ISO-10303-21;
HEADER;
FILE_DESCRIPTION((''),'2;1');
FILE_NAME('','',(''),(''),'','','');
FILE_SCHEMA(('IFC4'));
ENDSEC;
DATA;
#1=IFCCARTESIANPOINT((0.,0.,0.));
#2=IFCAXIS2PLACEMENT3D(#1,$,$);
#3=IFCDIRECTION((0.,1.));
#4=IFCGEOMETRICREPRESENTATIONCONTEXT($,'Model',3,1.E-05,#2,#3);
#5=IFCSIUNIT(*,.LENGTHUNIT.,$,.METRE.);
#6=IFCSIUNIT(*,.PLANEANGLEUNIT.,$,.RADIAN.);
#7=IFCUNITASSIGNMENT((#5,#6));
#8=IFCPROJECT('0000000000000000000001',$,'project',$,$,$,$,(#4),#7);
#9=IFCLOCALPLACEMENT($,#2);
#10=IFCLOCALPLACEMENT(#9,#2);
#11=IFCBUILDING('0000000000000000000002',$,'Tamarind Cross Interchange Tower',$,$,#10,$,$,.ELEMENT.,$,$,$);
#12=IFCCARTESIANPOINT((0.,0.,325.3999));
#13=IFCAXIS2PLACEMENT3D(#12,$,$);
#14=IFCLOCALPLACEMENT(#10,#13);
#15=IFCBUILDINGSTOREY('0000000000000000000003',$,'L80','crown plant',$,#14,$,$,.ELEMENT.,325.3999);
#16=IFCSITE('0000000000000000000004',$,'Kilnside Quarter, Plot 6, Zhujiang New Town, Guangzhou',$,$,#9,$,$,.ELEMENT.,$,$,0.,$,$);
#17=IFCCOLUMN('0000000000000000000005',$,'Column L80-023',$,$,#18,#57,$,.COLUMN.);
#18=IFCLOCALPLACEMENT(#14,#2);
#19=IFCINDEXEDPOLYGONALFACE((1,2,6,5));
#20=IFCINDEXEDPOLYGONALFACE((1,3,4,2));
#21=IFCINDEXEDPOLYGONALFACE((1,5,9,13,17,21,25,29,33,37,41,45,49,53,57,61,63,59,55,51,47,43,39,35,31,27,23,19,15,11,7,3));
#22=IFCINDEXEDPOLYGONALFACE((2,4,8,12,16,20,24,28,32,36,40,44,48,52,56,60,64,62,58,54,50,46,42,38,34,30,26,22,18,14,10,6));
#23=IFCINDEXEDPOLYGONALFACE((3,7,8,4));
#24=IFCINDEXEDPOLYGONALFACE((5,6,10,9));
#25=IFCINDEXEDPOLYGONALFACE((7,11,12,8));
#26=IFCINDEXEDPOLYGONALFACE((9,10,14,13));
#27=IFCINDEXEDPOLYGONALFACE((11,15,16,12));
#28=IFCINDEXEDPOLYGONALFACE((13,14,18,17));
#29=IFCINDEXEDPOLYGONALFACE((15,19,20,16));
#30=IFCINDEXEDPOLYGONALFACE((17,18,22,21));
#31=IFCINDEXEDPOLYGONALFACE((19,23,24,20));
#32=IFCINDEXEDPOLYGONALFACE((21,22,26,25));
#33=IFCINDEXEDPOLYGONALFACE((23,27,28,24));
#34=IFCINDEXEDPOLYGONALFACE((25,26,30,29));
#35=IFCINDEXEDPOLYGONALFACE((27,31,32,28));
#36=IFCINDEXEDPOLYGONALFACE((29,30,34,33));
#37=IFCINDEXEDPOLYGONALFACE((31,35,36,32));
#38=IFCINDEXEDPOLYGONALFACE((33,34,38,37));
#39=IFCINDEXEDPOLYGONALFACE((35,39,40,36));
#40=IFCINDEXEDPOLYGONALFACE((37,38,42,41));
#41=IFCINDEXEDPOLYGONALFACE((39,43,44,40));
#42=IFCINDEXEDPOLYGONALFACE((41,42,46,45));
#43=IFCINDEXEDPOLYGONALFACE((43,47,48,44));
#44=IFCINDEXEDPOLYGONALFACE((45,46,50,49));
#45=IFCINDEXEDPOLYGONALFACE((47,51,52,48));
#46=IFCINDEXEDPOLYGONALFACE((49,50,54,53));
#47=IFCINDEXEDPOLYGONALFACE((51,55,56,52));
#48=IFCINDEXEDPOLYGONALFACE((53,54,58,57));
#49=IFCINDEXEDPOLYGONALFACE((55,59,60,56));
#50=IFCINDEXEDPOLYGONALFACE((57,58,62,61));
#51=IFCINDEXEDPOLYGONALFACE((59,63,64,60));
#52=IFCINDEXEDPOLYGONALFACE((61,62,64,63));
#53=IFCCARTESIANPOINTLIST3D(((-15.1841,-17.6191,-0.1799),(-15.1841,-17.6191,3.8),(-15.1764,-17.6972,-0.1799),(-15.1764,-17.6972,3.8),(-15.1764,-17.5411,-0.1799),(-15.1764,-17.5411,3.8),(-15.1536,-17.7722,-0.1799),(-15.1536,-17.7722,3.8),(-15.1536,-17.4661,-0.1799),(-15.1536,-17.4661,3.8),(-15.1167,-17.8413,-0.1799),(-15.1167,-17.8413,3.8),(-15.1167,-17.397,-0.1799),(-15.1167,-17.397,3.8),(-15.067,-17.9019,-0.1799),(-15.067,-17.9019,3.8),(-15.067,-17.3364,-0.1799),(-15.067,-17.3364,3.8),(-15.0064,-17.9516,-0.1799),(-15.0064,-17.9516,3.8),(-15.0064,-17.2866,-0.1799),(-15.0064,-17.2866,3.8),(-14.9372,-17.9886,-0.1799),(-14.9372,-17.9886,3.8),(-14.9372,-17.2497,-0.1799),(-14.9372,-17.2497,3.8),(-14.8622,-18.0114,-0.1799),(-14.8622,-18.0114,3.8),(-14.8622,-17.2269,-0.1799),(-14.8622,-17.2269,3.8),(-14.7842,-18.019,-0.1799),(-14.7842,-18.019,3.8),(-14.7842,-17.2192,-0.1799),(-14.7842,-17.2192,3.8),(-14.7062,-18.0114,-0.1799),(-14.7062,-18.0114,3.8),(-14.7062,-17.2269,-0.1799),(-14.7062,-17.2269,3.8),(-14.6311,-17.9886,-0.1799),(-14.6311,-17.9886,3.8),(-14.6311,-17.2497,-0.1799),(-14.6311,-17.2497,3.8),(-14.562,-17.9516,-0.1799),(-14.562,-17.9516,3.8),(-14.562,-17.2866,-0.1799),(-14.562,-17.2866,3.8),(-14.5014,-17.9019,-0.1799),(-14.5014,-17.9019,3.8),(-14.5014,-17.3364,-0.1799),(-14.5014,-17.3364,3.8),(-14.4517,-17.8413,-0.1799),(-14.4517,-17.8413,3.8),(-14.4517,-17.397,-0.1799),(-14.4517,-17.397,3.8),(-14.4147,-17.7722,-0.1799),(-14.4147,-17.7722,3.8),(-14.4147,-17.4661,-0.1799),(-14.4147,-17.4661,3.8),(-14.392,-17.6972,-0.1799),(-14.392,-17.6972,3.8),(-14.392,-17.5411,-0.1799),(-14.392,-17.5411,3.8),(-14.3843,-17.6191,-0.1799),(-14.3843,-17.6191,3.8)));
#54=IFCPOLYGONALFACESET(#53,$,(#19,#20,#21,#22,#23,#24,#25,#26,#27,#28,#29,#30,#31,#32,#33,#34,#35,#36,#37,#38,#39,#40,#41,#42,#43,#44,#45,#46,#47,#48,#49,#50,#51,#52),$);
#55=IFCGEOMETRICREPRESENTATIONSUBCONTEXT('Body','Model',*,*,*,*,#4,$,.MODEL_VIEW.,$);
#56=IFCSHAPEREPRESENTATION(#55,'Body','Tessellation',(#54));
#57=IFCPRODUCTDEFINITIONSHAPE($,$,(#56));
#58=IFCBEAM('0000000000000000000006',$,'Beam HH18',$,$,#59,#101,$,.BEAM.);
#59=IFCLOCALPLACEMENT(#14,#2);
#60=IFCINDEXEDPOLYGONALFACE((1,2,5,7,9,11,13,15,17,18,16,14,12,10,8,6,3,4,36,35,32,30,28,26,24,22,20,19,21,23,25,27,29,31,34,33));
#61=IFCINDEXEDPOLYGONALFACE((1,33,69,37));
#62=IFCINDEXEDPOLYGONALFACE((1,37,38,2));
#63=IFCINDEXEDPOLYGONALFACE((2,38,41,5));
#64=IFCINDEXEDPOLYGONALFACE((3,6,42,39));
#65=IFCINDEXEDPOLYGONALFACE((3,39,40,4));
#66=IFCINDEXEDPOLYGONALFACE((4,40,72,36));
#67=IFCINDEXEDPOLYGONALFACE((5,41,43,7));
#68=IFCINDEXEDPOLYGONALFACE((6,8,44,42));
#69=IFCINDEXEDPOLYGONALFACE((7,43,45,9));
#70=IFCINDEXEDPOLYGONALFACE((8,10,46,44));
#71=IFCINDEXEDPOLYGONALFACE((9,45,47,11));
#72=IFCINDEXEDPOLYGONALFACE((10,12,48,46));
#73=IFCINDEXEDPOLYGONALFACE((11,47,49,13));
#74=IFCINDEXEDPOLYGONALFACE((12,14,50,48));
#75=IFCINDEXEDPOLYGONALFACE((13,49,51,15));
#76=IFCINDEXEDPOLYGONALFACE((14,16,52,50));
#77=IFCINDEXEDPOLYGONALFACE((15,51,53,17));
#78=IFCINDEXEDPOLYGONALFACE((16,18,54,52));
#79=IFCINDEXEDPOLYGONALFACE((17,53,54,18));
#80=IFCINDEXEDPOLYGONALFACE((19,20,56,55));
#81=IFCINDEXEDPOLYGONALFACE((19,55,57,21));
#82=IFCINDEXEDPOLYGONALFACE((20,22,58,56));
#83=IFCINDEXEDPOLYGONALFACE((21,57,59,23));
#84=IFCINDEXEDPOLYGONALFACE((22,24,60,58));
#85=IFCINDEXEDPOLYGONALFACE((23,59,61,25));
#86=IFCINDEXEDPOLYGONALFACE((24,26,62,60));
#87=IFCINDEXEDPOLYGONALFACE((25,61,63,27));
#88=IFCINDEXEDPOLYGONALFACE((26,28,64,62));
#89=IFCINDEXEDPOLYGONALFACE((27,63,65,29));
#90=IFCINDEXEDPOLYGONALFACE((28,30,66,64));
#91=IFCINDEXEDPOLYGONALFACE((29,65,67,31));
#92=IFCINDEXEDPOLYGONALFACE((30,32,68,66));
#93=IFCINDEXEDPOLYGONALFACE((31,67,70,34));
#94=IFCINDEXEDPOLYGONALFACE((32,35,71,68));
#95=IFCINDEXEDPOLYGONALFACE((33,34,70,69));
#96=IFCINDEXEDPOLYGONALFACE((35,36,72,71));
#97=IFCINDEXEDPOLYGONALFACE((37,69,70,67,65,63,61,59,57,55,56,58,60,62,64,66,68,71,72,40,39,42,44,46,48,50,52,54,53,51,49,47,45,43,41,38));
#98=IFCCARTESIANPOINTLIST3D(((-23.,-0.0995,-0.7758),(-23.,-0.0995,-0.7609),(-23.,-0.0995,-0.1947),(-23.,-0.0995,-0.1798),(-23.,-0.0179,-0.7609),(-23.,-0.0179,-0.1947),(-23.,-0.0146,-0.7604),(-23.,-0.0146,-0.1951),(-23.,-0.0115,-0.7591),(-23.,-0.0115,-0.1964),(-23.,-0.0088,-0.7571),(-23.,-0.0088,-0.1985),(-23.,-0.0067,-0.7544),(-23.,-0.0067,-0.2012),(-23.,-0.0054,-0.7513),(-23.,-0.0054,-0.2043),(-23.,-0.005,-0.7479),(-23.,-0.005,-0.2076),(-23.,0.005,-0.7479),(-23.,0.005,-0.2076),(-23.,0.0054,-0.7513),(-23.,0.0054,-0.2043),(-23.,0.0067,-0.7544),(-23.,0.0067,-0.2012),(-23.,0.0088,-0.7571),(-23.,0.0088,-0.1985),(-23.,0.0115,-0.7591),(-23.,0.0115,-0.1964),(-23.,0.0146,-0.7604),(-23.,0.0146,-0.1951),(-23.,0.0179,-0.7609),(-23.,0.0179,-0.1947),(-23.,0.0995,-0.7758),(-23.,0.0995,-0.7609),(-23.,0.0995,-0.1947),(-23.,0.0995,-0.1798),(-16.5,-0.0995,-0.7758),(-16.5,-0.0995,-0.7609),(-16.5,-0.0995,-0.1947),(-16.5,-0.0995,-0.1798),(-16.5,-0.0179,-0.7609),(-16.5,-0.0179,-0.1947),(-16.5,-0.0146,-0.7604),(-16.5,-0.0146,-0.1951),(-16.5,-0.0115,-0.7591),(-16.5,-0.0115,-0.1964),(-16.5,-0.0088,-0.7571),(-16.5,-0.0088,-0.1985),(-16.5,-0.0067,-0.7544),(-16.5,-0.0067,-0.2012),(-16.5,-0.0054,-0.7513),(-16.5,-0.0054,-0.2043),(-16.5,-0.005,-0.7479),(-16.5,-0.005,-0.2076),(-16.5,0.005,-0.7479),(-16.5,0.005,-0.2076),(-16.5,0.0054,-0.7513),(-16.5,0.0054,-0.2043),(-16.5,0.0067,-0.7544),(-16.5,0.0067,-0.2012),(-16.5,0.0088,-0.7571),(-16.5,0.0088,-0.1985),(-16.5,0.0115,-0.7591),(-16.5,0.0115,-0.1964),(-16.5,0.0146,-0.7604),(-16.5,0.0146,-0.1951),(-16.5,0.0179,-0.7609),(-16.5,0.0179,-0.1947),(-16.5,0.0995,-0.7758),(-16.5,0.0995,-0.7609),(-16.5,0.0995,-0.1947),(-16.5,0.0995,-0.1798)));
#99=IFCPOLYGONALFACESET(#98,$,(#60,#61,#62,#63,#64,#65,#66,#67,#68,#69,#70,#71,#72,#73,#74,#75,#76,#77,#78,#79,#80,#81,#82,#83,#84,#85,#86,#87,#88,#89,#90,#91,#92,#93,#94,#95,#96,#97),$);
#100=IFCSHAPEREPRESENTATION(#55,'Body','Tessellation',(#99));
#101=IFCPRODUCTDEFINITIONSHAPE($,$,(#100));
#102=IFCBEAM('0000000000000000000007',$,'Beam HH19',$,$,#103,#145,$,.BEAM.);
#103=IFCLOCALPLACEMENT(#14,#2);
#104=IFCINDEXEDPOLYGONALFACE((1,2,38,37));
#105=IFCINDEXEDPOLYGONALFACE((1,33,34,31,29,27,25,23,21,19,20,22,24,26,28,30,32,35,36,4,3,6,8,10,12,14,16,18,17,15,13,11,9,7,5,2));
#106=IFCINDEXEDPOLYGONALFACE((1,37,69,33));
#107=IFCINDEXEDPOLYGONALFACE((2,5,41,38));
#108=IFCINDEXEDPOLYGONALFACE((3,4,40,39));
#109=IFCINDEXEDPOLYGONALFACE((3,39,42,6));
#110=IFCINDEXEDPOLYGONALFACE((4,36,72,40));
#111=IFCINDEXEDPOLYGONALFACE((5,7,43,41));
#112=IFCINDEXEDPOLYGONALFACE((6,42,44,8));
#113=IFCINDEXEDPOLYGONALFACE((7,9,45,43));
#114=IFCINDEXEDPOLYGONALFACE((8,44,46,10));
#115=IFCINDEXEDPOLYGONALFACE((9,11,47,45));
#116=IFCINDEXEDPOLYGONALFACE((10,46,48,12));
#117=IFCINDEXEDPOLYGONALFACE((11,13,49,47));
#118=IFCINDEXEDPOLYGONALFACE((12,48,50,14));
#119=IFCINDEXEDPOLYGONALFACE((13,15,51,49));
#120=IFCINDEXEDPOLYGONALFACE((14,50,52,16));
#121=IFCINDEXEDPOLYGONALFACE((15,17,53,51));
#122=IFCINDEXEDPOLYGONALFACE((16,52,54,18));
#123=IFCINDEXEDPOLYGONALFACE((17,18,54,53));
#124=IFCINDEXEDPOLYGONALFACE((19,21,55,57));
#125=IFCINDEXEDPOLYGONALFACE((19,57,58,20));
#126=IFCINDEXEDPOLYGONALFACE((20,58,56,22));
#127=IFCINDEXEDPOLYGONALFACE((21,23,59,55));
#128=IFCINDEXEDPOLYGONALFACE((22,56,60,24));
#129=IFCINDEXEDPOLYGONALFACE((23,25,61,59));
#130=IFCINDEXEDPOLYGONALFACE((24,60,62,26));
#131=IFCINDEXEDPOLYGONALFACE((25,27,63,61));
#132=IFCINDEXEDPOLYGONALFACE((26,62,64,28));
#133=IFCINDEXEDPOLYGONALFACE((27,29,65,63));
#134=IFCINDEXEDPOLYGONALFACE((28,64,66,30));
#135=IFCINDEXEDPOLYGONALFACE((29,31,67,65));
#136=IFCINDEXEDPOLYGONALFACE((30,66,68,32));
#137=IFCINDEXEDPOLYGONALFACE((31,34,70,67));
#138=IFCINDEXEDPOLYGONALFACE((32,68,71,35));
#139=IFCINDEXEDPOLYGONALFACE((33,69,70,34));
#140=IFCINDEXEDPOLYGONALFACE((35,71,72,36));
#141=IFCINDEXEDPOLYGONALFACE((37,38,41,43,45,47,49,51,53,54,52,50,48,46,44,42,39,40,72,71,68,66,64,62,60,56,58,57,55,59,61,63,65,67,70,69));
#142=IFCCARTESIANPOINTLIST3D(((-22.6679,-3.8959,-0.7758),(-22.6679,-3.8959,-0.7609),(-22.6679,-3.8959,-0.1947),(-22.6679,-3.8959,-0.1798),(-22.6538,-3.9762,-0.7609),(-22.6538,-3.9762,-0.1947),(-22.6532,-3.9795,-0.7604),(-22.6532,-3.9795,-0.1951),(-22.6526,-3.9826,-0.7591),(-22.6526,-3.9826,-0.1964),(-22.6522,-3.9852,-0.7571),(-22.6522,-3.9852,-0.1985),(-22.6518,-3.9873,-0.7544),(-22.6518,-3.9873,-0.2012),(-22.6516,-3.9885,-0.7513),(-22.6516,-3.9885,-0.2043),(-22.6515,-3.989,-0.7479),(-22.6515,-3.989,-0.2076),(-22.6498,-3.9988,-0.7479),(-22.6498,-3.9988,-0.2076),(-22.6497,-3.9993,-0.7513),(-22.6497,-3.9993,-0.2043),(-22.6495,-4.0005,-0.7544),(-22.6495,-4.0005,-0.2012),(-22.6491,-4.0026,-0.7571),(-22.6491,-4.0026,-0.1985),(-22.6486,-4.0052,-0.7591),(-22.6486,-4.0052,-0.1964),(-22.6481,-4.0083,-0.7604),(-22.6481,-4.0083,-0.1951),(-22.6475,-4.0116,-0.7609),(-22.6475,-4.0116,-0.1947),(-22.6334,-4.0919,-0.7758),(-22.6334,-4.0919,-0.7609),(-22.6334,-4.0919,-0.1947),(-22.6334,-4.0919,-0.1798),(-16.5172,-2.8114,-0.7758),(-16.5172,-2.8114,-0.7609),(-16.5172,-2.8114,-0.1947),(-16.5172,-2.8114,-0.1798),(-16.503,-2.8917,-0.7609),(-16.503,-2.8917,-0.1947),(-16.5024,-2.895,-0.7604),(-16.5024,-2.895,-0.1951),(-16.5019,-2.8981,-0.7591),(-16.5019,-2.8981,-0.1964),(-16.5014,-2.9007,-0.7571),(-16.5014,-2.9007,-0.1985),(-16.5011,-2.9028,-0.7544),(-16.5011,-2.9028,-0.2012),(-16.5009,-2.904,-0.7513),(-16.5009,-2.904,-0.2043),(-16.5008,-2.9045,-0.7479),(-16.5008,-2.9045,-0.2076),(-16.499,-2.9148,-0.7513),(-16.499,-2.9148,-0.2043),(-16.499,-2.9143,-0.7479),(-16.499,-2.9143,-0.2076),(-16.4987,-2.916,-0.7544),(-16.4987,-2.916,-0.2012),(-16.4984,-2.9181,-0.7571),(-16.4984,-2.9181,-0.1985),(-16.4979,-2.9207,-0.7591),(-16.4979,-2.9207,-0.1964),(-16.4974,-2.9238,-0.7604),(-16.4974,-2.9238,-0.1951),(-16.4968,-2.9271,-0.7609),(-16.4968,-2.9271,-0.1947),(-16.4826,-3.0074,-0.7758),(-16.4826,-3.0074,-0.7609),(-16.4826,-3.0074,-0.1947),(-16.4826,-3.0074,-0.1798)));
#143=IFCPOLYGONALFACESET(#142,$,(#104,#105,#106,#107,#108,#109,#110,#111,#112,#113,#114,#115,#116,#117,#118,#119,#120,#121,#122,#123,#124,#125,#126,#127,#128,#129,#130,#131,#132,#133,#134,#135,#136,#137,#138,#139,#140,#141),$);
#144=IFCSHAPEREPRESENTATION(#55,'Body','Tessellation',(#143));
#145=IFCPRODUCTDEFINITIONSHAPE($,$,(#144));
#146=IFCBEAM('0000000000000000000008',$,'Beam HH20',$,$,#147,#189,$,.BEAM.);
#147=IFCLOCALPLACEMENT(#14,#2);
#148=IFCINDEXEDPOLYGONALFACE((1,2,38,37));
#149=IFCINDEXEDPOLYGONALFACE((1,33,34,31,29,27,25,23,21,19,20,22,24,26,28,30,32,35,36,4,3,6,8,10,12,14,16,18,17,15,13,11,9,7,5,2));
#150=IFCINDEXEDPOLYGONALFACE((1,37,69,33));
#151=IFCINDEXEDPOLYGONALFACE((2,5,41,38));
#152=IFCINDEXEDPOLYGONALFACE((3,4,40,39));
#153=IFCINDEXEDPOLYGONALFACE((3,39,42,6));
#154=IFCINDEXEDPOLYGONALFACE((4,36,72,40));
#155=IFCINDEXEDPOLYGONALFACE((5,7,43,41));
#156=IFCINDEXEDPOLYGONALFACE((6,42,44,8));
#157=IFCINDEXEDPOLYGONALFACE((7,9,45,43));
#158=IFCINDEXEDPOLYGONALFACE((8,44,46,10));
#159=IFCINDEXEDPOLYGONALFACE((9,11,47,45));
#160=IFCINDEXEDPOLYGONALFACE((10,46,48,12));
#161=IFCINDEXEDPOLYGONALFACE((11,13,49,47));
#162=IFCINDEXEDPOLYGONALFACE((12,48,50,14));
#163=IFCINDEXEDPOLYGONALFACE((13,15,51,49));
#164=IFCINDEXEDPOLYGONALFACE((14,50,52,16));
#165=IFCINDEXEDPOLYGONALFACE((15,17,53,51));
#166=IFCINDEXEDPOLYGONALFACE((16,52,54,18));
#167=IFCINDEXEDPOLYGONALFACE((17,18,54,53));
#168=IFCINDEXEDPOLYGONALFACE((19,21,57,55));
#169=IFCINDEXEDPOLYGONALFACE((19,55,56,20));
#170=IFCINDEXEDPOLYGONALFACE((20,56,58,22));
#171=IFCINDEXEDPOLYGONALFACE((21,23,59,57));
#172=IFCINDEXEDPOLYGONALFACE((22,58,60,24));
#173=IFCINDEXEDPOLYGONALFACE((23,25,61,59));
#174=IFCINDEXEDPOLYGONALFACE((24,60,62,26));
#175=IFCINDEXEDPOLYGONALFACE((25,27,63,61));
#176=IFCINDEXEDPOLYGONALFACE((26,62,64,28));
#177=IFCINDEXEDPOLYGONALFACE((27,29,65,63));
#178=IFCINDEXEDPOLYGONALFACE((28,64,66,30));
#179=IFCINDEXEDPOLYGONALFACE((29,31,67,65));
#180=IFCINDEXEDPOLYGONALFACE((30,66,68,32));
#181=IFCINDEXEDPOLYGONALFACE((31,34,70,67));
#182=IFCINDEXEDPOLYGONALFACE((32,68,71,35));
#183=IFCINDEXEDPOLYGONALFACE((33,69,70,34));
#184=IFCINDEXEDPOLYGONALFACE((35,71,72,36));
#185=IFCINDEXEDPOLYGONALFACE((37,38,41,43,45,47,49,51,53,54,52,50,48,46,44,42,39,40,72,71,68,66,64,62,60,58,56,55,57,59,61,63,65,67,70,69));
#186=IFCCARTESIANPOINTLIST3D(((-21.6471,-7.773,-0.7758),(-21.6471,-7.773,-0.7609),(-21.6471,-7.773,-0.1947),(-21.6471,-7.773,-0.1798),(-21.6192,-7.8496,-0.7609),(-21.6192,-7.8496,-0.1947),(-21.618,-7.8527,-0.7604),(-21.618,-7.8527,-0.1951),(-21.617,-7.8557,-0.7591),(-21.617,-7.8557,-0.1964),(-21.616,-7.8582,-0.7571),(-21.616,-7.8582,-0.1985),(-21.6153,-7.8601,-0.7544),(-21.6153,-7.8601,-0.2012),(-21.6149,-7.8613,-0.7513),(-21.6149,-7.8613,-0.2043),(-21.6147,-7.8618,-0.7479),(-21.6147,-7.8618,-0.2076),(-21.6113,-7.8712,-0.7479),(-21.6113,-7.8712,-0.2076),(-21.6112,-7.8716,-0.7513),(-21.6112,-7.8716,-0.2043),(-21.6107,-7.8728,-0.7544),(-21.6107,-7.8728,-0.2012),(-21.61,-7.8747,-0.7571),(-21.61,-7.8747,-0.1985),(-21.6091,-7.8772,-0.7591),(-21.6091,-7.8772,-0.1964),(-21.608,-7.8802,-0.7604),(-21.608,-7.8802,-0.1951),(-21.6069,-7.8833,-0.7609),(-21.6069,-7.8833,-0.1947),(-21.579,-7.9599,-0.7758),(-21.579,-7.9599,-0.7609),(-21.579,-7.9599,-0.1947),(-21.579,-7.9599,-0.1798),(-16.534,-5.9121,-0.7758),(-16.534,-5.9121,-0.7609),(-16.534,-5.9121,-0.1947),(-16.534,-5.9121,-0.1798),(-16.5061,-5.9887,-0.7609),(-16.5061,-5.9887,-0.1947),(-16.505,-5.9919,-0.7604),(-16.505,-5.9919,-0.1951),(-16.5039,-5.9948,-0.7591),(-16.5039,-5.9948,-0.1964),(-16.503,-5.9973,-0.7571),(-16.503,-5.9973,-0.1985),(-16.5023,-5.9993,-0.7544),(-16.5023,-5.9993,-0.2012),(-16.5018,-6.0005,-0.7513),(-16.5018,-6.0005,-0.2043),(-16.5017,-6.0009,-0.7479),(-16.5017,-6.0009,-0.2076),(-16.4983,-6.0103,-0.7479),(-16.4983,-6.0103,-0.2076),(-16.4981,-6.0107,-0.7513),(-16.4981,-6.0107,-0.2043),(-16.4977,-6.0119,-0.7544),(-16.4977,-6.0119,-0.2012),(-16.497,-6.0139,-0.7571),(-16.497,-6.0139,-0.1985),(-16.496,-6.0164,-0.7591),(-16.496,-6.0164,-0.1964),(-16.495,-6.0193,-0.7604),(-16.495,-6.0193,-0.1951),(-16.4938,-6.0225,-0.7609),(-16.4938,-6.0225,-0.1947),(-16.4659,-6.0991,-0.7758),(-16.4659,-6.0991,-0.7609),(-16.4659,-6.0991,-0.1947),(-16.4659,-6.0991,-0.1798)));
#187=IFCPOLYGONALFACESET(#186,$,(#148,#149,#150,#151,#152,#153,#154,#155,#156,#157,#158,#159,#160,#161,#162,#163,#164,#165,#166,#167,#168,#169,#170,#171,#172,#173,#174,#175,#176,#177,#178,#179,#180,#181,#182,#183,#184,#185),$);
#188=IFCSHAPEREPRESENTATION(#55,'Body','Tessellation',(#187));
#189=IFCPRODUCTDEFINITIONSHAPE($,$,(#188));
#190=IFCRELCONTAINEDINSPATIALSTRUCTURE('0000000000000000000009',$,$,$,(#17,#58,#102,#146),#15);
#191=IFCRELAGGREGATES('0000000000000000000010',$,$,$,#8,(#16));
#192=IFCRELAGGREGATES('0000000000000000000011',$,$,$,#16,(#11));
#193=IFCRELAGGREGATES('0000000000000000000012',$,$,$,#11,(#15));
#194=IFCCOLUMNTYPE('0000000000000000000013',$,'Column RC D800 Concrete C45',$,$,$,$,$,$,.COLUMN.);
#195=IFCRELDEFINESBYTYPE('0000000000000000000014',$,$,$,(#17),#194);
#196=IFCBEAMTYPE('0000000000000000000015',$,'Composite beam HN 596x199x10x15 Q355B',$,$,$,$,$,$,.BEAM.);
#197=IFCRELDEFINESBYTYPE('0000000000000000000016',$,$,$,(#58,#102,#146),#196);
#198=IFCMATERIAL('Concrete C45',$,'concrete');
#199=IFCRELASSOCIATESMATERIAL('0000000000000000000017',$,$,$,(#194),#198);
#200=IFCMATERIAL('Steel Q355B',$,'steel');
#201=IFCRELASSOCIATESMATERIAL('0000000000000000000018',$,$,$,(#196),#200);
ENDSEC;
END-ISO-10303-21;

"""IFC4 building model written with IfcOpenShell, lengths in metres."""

from ifc_helpers import new_model, si_unit, direction, frame, origin, origin_2d, place, context, subcontext, project, spatial, circle, i_section, extrude, material, material_profile, profile_set, type_object, element, save


model = new_model("IFC4")

# Units and contexts
model_context = context("Model", 3, precision=1e-05, world=origin(), true_north=direction((0.0, 1.0)))
body_context = subcontext(model_context, "Body", "Model", "MODEL_VIEW")
ifc_project = project(units=[si_unit("LENGTHUNIT", "METRE"), si_unit("PLANEANGLEUNIT", "RADIAN")], contexts=[model_context])

# Site, building, storey
site_placement = place(None, origin())
site = spatial("IfcSite", under=ifc_project, at=site_placement, Name="Kilnside Quarter, Plot 6, Zhujiang New Town, Guangzhou", CompositionType="ELEMENT", RefElevation=0.0)
building_placement = place(site_placement, origin())
building = spatial("IfcBuilding", under=site, at=building_placement, Name="Tamarind Cross Interchange Tower", CompositionType="ELEMENT")
storey_placement = place(building_placement, frame((0.0, 0.0, 325.3999)))
storey = spatial("IfcBuildingStorey", under=building, at=storey_placement, Name="L80", Description="crown plant", CompositionType="ELEMENT", Elevation=325.3999)

# Column
ifc_material_1 = material(Name="Concrete C45", Category="concrete")
ifc_material_profile_1 = material_profile(ifc_material_1, circle(Radius=0.3999, at=origin_2d()), Name="RC D800")
ifc_profile_set_1 = profile_set([ifc_material_profile_1], Name="Concrete C45")
column_type = type_object("IfcColumnType", Name="Column RC D800 Concrete C45", PredefinedType="COLUMN", material=ifc_profile_set_1)
for number, where, z_axis, x_axis, name in (
    (1, (-14.7842, -17.6191, -0.1799), (0.0, 0.0, 1.0), (1.0, 0.0, 0.0), "Column L80-023"),
):
    element("IfcColumn", number, at=place(storey_placement, frame(where, z_axis=z_axis, x_axis=x_axis)), inside=storey, type_object=column_type, Name=name, PredefinedType="COLUMN", context=body_context, shape_type="SweptSolid", body=[
        extrude(circle(Radius=0.3999, at=origin_2d()), origin(), (0.0, 0.0, 1.0), 3.98),
    ])

# Beams
ifc_material_2 = material(Name="Steel Q355B", Category="steel")
ifc_material_profile_2 = material_profile(ifc_material_2, i_section(OverallWidth=0.199, OverallDepth=0.5959, WebThickness=0.01, FlangeThickness=0.0149, FilletRadius=0.0129, at=origin_2d()), Name="HN 596x199x10x15")
ifc_profile_set_2 = profile_set([ifc_material_profile_2], Name="Steel Q355B")
beam_type = type_object("IfcBeamType", Name="Composite beam HN 596x199x10x15 Q355B", PredefinedType="BEAM", material=ifc_profile_set_2)
beam_1_placement = place(storey_placement, frame((-23.0, 0.0, -0.4778), z_axis=(1.0, 0.0, 0.0), x_axis=(0.0, 1.0, 0.0)))
element("IfcBeam", 2, at=beam_1_placement, inside=storey, type_object=beam_type, Name="Beam HH18", PredefinedType="BEAM", context=body_context, shape_type="SweptSolid", body=[
    extrude(i_section(OverallWidth=0.199, OverallDepth=0.5959, WebThickness=0.01, FlangeThickness=0.0149, FilletRadius=0.0129, at=origin_2d()), origin(), (0.0, 0.0, 1.0), 6.5),
])
beam_2_placement = place(storey_placement, frame((-22.6506, -3.9939, -0.4778), z_axis=(0.984809, 0.17364, 0.0), x_axis=(-0.17364, 0.984809, 0.0)))
element("IfcBeam", 3, at=beam_2_placement, inside=storey, type_object=beam_type, Name="Beam HH19", PredefinedType="BEAM", context=body_context, shape_type="SweptSolid", body=[
    extrude(i_section(OverallWidth=0.199, OverallDepth=0.5959, WebThickness=0.01, FlangeThickness=0.0149, FilletRadius=0.0129, at=origin_2d()), origin(), (0.0, 0.0, 1.0), 6.2456),
])
beam_3_placement = place(storey_placement, frame((-21.613, -7.8665, -0.4778), z_axis=(0.939702, 0.341995, 0.0), x_axis=(-0.341995, 0.939702, 0.0)))
element("IfcBeam", 4, at=beam_3_placement, inside=storey, type_object=beam_type, Name="Beam HH20", PredefinedType="BEAM", context=body_context, shape_type="SweptSolid", body=[
    extrude(i_section(OverallWidth=0.199, OverallDepth=0.5959, WebThickness=0.01, FlangeThickness=0.0149, FilletRadius=0.0129, at=origin_2d()), origin(), (0.0, 0.0, 1.0), 5.4412),
])

save(model, "model.ifc")
